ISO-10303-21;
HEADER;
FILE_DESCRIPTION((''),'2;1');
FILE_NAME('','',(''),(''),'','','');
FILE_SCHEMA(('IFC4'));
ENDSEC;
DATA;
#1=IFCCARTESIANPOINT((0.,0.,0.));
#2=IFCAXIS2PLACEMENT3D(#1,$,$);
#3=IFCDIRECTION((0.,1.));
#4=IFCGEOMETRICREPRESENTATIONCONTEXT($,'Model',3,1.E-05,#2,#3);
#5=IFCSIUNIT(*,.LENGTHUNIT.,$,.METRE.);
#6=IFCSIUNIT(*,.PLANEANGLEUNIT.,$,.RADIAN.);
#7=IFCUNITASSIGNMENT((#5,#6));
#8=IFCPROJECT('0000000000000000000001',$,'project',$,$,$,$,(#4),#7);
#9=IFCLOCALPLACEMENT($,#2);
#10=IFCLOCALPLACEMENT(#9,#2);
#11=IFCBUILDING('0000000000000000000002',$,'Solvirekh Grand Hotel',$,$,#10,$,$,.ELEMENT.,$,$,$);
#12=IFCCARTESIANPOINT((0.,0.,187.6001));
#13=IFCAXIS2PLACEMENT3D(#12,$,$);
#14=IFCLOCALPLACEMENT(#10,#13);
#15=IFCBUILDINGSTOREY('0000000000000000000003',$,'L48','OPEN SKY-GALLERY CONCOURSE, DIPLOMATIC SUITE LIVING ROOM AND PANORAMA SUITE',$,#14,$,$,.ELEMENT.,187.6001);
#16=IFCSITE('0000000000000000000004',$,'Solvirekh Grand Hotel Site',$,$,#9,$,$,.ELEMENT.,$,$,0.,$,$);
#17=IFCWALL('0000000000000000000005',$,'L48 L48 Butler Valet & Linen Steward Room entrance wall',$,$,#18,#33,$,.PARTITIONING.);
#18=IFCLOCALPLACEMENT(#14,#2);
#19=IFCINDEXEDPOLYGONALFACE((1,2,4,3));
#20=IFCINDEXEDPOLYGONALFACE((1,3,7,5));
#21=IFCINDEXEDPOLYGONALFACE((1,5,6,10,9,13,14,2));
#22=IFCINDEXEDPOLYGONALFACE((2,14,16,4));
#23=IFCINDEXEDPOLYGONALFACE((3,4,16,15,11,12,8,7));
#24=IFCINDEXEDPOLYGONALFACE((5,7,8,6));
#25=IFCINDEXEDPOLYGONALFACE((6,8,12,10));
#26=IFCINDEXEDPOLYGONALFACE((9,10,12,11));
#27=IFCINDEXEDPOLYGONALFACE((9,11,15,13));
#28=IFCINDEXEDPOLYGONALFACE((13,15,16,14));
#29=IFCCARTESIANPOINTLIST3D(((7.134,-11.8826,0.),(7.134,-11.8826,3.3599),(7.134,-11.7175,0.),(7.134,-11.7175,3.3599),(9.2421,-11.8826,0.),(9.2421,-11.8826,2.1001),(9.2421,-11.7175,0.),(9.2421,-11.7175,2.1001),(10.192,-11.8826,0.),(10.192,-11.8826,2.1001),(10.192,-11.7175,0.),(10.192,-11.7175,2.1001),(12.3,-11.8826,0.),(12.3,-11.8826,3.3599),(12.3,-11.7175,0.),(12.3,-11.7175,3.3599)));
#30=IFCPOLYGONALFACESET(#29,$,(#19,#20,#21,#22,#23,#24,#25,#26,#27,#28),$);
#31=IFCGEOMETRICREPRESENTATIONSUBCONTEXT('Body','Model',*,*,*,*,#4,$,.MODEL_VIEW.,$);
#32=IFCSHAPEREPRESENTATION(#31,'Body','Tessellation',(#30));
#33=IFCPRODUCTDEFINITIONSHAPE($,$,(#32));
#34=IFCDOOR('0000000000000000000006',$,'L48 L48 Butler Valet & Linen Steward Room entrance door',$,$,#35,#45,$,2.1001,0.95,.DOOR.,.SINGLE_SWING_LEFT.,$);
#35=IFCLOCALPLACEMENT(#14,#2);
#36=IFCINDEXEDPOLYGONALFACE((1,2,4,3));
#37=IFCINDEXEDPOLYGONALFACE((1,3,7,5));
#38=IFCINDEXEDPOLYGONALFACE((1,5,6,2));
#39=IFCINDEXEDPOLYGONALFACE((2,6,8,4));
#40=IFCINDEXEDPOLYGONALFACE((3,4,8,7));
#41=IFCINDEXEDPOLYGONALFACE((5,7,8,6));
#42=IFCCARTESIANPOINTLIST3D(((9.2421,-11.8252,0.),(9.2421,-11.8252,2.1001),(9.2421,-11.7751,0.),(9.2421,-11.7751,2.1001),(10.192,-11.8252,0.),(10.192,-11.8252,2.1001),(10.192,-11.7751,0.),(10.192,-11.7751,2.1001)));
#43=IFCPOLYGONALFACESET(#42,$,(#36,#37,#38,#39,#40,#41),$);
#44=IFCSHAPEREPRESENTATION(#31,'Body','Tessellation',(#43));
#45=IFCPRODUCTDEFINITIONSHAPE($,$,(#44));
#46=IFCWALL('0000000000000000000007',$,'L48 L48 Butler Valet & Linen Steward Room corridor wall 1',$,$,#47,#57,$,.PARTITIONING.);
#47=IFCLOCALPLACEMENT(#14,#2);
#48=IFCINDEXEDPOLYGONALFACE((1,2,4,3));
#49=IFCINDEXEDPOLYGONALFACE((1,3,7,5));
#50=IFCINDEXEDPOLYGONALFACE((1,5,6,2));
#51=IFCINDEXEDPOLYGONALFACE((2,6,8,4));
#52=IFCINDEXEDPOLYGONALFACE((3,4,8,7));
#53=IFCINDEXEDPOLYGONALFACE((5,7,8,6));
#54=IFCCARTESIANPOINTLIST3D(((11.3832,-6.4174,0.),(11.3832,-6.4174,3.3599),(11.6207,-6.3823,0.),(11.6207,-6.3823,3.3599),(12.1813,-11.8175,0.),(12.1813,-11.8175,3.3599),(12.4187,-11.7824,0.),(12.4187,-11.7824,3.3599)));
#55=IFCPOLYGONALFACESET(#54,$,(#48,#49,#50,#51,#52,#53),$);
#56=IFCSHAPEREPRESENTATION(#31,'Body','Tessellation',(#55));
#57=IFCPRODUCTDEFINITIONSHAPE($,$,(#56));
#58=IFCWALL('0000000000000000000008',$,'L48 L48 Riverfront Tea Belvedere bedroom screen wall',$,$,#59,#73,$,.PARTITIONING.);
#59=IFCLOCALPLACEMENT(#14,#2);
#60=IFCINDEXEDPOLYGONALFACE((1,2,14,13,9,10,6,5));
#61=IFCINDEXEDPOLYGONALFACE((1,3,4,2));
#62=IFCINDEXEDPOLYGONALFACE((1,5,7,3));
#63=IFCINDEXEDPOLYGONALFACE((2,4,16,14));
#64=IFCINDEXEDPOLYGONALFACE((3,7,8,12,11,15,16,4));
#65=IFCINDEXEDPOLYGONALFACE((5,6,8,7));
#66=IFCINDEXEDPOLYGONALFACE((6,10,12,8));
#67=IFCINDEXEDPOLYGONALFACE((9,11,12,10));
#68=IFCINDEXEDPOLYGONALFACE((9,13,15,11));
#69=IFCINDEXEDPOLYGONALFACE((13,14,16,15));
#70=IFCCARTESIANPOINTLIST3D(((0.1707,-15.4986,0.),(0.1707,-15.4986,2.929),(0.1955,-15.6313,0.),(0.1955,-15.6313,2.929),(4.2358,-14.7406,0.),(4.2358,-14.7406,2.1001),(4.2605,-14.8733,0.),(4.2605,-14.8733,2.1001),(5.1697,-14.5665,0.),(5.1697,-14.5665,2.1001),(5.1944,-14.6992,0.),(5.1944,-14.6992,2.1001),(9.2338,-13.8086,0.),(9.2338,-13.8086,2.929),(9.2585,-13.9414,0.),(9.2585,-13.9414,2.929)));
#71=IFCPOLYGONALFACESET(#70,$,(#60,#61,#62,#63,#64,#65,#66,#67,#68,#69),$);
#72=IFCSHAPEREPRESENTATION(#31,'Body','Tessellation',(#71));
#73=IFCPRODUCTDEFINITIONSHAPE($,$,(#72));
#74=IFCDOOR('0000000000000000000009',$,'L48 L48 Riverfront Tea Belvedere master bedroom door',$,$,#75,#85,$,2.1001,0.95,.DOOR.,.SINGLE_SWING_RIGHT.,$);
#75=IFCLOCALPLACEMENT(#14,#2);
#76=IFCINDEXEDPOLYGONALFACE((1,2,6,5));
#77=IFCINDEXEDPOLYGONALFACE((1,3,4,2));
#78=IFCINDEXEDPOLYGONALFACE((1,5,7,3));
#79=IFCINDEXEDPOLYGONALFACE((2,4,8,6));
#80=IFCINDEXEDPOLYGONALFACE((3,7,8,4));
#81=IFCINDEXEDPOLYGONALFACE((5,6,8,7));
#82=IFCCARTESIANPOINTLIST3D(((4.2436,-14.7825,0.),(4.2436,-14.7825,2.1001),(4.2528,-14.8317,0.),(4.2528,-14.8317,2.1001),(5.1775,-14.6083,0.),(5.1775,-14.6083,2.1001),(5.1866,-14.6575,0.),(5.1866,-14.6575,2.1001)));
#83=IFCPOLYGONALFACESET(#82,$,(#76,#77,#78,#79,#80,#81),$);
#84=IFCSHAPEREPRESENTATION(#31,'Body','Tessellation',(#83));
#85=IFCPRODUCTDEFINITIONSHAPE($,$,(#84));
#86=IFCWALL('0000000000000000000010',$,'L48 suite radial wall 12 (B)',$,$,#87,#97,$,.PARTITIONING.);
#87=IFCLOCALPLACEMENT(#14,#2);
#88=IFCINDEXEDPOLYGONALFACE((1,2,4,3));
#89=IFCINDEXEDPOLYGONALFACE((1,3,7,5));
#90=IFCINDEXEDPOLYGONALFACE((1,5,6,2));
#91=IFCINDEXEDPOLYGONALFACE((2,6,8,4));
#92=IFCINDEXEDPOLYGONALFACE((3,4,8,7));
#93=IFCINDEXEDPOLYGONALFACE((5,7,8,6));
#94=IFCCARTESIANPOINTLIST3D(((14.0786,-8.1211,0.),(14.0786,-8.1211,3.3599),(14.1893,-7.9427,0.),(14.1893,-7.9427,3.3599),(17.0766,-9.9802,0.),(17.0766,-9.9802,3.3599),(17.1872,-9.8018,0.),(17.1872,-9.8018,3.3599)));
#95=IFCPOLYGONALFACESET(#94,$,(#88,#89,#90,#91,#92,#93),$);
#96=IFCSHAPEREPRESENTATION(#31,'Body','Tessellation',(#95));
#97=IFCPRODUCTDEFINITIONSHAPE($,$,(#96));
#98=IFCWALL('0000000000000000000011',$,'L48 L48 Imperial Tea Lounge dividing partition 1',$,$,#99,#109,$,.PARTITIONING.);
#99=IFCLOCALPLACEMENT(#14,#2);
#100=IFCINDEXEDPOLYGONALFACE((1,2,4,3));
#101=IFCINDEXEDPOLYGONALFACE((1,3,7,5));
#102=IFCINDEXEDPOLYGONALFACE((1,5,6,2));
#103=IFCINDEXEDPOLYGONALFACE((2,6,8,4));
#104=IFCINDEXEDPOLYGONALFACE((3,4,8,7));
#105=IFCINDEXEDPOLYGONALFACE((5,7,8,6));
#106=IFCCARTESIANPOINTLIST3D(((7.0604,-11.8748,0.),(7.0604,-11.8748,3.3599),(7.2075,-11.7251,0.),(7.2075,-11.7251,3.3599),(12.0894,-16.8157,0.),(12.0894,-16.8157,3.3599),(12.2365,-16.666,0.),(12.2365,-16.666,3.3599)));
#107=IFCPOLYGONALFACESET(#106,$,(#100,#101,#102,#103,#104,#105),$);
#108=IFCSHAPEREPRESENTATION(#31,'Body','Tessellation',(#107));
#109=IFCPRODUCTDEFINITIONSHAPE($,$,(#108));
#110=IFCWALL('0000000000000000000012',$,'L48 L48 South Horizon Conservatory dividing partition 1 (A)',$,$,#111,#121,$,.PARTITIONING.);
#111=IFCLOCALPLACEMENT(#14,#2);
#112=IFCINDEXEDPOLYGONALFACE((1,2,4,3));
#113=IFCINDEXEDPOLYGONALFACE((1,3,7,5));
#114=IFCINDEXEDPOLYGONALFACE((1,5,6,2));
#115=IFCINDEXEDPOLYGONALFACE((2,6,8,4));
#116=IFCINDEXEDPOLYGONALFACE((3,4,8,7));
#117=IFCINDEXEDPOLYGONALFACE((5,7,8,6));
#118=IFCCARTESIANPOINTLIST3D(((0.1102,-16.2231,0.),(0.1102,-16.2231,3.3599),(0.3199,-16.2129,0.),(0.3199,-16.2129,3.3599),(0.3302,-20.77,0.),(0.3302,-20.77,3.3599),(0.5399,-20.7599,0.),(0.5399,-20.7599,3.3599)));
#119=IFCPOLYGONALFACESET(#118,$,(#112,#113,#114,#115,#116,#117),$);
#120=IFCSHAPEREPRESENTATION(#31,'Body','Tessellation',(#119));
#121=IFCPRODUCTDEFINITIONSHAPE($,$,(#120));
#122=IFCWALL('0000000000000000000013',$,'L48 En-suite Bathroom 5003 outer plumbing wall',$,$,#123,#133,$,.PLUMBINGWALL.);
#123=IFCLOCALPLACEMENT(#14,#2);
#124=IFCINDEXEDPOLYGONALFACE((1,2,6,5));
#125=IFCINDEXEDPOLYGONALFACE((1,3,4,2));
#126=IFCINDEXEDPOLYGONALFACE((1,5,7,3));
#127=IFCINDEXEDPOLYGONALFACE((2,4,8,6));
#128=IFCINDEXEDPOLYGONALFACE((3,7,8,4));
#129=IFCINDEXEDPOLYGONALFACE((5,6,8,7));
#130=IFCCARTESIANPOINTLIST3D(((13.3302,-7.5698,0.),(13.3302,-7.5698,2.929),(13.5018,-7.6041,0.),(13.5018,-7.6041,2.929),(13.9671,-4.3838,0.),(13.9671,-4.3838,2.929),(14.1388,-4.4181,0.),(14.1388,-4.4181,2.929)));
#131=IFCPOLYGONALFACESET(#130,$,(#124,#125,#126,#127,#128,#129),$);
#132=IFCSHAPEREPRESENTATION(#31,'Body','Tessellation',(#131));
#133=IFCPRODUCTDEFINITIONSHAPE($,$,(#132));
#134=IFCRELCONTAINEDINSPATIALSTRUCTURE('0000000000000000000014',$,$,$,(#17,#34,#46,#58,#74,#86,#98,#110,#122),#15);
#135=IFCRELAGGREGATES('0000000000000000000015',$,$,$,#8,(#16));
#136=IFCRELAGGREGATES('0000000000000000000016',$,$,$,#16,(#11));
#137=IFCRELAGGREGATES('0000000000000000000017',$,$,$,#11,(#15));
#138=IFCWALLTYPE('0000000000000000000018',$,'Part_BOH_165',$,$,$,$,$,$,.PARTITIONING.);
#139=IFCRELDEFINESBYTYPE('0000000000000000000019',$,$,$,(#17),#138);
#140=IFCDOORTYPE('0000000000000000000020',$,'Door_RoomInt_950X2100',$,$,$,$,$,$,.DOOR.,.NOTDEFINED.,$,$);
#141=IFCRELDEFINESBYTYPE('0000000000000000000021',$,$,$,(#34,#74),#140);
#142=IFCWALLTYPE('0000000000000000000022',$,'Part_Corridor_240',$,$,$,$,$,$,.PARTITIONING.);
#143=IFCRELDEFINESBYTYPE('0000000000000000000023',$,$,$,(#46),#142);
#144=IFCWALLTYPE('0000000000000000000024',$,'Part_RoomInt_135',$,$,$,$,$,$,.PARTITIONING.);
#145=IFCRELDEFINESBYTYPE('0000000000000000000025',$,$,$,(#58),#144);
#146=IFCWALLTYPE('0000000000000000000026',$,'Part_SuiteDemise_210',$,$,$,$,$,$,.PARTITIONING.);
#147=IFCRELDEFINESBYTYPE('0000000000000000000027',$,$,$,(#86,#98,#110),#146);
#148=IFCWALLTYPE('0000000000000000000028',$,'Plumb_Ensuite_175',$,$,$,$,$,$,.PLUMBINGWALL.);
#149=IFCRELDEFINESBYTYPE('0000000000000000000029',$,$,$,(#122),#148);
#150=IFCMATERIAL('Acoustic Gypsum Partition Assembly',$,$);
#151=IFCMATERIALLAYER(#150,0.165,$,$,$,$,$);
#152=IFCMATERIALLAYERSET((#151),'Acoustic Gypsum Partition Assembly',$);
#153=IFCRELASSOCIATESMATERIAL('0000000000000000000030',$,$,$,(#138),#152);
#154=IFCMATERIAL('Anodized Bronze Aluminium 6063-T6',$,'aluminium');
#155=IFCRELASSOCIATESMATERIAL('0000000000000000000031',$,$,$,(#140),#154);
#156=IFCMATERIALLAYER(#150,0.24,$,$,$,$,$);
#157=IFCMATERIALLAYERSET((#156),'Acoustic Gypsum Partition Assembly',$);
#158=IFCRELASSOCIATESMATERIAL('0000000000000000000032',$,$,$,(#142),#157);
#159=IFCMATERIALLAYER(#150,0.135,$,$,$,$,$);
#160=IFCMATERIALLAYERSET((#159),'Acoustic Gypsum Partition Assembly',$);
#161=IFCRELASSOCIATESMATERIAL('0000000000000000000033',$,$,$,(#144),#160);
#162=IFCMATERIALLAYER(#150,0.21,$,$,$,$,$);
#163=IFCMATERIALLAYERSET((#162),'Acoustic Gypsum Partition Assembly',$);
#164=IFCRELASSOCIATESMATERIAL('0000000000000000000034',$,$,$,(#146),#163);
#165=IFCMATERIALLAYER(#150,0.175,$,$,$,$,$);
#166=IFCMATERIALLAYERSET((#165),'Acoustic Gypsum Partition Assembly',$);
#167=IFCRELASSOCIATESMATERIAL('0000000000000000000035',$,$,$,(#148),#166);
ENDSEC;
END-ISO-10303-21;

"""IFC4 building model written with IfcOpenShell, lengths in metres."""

from ifc_helpers import new_model, si_unit, direction, frame, frame_2d, origin, place, context, subcontext, project, spatial, rectangle, extrude, material, layer, layer_set, type_object, element, fill, save


model = new_model("IFC4")

# Units and contexts
model_context = context("Model", 3, precision=1e-05, world=origin(), true_north=direction((0.0, 1.0)))
body_context = subcontext(model_context, "Body", "Model", "MODEL_VIEW")
ifc_project = project(units=[si_unit("LENGTHUNIT", "METRE"), si_unit("PLANEANGLEUNIT", "RADIAN")], contexts=[model_context])

# Site, building, storey
site_placement = place(None, origin())
site = spatial("IfcSite", under=ifc_project, at=site_placement, Name="Solvirekh Grand Hotel Site", CompositionType="ELEMENT", RefElevation=0.0)
building_placement = place(site_placement, origin())
building = spatial("IfcBuilding", under=site, at=building_placement, Name="Solvirekh Grand Hotel", CompositionType="ELEMENT")
storey_placement = place(building_placement, frame((0.0, 0.0, 187.6001)))
storey = spatial("IfcBuildingStorey", under=building, at=storey_placement, Name="L48", Description="OPEN SKY-GALLERY CONCOURSE, DIPLOMATIC SUITE LIVING ROOM AND PANORAMA SUITE", CompositionType="ELEMENT", Elevation=187.6001)

# Shared definitions
ifc_material_1 = material(Name="Anodized Bronze Aluminium 6063-T6", Category="aluminium")

# Shared definitions
ifc_material_2 = material(Name="Acoustic Gypsum Partition Assembly")
ifc_layer_1 = layer(ifc_material_2, 0.165)
ifc_layer_set_1 = layer_set([ifc_layer_1], Name="Acoustic Gypsum Partition Assembly")
wall_type_1 = type_object("IfcWallType", Name="Part_BOH_165", PredefinedType="PARTITIONING", material=ifc_layer_set_1)

# Wall, opening, door
wall_1_placement = place(storey_placement, frame((7.134, -11.8, 0.0), z_axis=(0.0, 0.0, 1.0), x_axis=(1.0, 0.0, 0.0)))
wall_1 = element("IfcWall", 1, at=wall_1_placement, inside=storey, type_object=wall_type_1, Name="L48 L48 Butler Valet & Linen Steward Room entrance wall", PredefinedType="PARTITIONING", context=body_context, shape_type="SweptSolid", body=[
    extrude(rectangle(XDim=5.166, YDim=0.165, at=frame_2d((2.583, 0.0))), origin(), (0.0, 0.0, 1.0), 3.3599),
])
opening_1_placement = place(wall_1_placement, frame((2.1079, 0.0, 0.0)))
opening_1 = element("IfcOpeningElement", 2, at=opening_1_placement, cuts=wall_1, PredefinedType="OPENING", context=body_context, shape_type="SweptSolid", body=[
    extrude(rectangle(XDim=0.95, YDim=2.1001, at=frame_2d((0.4751, 1.05))), frame((0.0, 0.0925, 0.0), z_axis=(0.0, -1.0, 0.0), x_axis=(1.0, 0.0, 0.0)), (0.0, 0.0, 1.0), 0.1851),
])
door_type = type_object("IfcDoorType", Name="Door_RoomInt_950X2100", OperationType="NOTDEFINED", PredefinedType="DOOR", material=ifc_material_1)
door_1_placement = place(opening_1_placement, origin())
door_1 = element("IfcDoor", 3, at=door_1_placement, inside=storey, type_object=door_type, Name="L48 L48 Butler Valet & Linen Steward Room entrance door", OperationType="SINGLE_SWING_LEFT", OverallHeight=2.1001, OverallWidth=0.95, PredefinedType="DOOR", context=body_context, shape_type="SweptSolid", body=[
    extrude(rectangle(XDim=0.95, YDim=2.1001, at=frame_2d((0.4751, 1.05))), frame((0.0, 0.0249, 0.0), z_axis=(0.0, -1.0, 0.0), x_axis=(1.0, 0.0, 0.0)), (0.0, 0.0, 1.0), 0.05),
])
fill(opening_1, door_1)

# Wall
ifc_layer_2 = layer(ifc_material_2, 0.24)
ifc_layer_set_2 = layer_set([ifc_layer_2], Name="Acoustic Gypsum Partition Assembly")
wall_type_2 = type_object("IfcWallType", Name="Part_Corridor_240", PredefinedType="PARTITIONING", material=ifc_layer_set_2)
wall_2_placement = place(storey_placement, frame((12.3, -11.8, 0.0), z_axis=(0.0, 0.0, 1.0), x_axis=(-0.146203, 0.989255, 0.0)))
element("IfcWall", 4, at=wall_2_placement, inside=storey, type_object=wall_type_2, Name="L48 L48 Butler Valet & Linen Steward Room corridor wall 1", PredefinedType="PARTITIONING", context=body_context, shape_type="SweptSolid", body=[
    extrude(rectangle(XDim=5.4587, YDim=0.24, at=frame_2d((2.7295, 0.0))), origin(), (0.0, 0.0, 1.0), 3.3599),
])

# Wall, opening, door
ifc_layer_3 = layer(ifc_material_2, 0.135)
ifc_layer_set_3 = layer_set([ifc_layer_3], Name="Acoustic Gypsum Partition Assembly")
wall_type_3 = type_object("IfcWallType", Name="Part_RoomInt_135", PredefinedType="PARTITIONING", material=ifc_layer_set_3)
wall_3_placement = place(storey_placement, frame((0.1831, -15.5649, 0.0), z_axis=(0.0, 0.0, 1.0), x_axis=(0.983056, 0.183307, 0.0)))
wall_3 = element("IfcWall", 5, at=wall_3_placement, inside=storey, type_object=wall_type_3, Name="L48 L48 Riverfront Tea Belvedere bedroom screen wall", PredefinedType="PARTITIONING", context=body_context, shape_type="SweptSolid", body=[
    extrude(rectangle(XDim=9.2192, YDim=0.135, at=frame_2d((4.6096, 0.0))), origin(), (0.0, 0.0, 1.0), 2.929),
])
opening_2_placement = place(wall_3_placement, frame((4.135, 0.0, 0.0)))
opening_2 = element("IfcOpeningElement", 6, at=opening_2_placement, cuts=wall_3, PredefinedType="OPENING", context=body_context, shape_type="SweptSolid", body=[
    extrude(rectangle(XDim=0.95, YDim=2.1001, at=frame_2d((0.4751, 1.05))), frame((0.0, 0.0776, 0.0), z_axis=(0.0, -1.0, 0.0), x_axis=(1.0, 0.0, 0.0)), (0.0, 0.0, 1.0), 0.155),
])
door_2_placement = place(opening_2_placement, origin())
door_2 = element("IfcDoor", 7, at=door_2_placement, inside=storey, type_object=door_type, Name="L48 L48 Riverfront Tea Belvedere master bedroom door", OperationType="SINGLE_SWING_RIGHT", OverallHeight=2.1001, OverallWidth=0.95, PredefinedType="DOOR", context=body_context, shape_type="SweptSolid", body=[
    extrude(rectangle(XDim=0.95, YDim=2.1001, at=frame_2d((0.4751, 1.05))), frame((0.0, 0.0249, 0.0), z_axis=(0.0, -1.0, 0.0), x_axis=(1.0, 0.0, 0.0)), (0.0, 0.0, 1.0), 0.05),
])
fill(opening_2, door_2)

# Walls
ifc_layer_4 = layer(ifc_material_2, 0.21)
ifc_layer_set_4 = layer_set([ifc_layer_4], Name="Acoustic Gypsum Partition Assembly")
wall_type_4 = type_object("IfcWallType", Name="Part_SuiteDemise_210", PredefinedType="PARTITIONING", material=ifc_layer_set_4)
wall_4_placement = place(storey_placement, frame((14.134, -8.032, 0.0), z_axis=(0.0, 0.0, 1.0), x_axis=(0.849859, -0.52701, 0.0)))
element("IfcWall", 8, at=wall_4_placement, inside=storey, type_object=wall_type_4, Name="L48 suite radial wall 12 (B)", PredefinedType="PARTITIONING", context=body_context, shape_type="SweptSolid", body=[
    extrude(rectangle(XDim=3.5276, YDim=0.21, at=frame_2d((1.7637, 0.0))), origin(), (0.0, 0.0, 1.0), 3.3599),
])
wall_5_placement = place(storey_placement, frame((7.134, -11.8, 0.0), z_axis=(0.0, 0.0, 1.0), x_axis=(0.71333, -0.700829, 0.0)))
element("IfcWall", 9, at=wall_5_placement, inside=storey, type_object=wall_type_4, Name="L48 L48 Imperial Tea Lounge dividing partition 1", PredefinedType="PARTITIONING", context=body_context, shape_type="SweptSolid", body=[
    extrude(rectangle(XDim=7.05, YDim=0.21, at=frame_2d((3.5249, 0.0))), origin(), (0.0, 0.0, 1.0), 3.3599),
])
wall_6_placement = place(storey_placement, frame((0.2151, -16.218, 0.0), z_axis=(0.0, 0.0, 1.0), x_axis=(0.048322, -0.998832, 0.0)))
element("IfcWall", 10, at=wall_6_placement, inside=storey, type_object=wall_type_4, Name="L48 L48 South Horizon Conservatory dividing partition 1 (A)", PredefinedType="PARTITIONING", context=body_context, shape_type="SweptSolid", body=[
    extrude(rectangle(XDim=4.5522, YDim=0.21, at=frame_2d((2.2761, 0.0))), origin(), (0.0, 0.0, 1.0), 3.3599),
])
ifc_layer_5 = layer(ifc_material_2, 0.175)
ifc_layer_set_5 = layer_set([ifc_layer_5], Name="Acoustic Gypsum Partition Assembly")
wall_type_5 = type_object("IfcWallType", Name="Plumb_Ensuite_175", PredefinedType="PLUMBINGWALL", material=ifc_layer_set_5)
wall_7_placement = place(storey_placement, frame((13.416, -7.5869, 0.0), z_axis=(0.0, 0.0, 1.0), x_axis=(0.196044, 0.980595, 0.0)))
element("IfcWall", 11, at=wall_7_placement, inside=storey, type_object=wall_type_5, Name="L48 En-suite Bathroom 5003 outer plumbing wall", PredefinedType="PLUMBINGWALL", context=body_context, shape_type="SweptSolid", body=[
    extrude(rectangle(XDim=3.249, YDim=0.175, at=frame_2d((1.6245, 0.0))), origin(), (0.0, 0.0, 1.0), 2.929),
])

save(model, "model.ifc")
